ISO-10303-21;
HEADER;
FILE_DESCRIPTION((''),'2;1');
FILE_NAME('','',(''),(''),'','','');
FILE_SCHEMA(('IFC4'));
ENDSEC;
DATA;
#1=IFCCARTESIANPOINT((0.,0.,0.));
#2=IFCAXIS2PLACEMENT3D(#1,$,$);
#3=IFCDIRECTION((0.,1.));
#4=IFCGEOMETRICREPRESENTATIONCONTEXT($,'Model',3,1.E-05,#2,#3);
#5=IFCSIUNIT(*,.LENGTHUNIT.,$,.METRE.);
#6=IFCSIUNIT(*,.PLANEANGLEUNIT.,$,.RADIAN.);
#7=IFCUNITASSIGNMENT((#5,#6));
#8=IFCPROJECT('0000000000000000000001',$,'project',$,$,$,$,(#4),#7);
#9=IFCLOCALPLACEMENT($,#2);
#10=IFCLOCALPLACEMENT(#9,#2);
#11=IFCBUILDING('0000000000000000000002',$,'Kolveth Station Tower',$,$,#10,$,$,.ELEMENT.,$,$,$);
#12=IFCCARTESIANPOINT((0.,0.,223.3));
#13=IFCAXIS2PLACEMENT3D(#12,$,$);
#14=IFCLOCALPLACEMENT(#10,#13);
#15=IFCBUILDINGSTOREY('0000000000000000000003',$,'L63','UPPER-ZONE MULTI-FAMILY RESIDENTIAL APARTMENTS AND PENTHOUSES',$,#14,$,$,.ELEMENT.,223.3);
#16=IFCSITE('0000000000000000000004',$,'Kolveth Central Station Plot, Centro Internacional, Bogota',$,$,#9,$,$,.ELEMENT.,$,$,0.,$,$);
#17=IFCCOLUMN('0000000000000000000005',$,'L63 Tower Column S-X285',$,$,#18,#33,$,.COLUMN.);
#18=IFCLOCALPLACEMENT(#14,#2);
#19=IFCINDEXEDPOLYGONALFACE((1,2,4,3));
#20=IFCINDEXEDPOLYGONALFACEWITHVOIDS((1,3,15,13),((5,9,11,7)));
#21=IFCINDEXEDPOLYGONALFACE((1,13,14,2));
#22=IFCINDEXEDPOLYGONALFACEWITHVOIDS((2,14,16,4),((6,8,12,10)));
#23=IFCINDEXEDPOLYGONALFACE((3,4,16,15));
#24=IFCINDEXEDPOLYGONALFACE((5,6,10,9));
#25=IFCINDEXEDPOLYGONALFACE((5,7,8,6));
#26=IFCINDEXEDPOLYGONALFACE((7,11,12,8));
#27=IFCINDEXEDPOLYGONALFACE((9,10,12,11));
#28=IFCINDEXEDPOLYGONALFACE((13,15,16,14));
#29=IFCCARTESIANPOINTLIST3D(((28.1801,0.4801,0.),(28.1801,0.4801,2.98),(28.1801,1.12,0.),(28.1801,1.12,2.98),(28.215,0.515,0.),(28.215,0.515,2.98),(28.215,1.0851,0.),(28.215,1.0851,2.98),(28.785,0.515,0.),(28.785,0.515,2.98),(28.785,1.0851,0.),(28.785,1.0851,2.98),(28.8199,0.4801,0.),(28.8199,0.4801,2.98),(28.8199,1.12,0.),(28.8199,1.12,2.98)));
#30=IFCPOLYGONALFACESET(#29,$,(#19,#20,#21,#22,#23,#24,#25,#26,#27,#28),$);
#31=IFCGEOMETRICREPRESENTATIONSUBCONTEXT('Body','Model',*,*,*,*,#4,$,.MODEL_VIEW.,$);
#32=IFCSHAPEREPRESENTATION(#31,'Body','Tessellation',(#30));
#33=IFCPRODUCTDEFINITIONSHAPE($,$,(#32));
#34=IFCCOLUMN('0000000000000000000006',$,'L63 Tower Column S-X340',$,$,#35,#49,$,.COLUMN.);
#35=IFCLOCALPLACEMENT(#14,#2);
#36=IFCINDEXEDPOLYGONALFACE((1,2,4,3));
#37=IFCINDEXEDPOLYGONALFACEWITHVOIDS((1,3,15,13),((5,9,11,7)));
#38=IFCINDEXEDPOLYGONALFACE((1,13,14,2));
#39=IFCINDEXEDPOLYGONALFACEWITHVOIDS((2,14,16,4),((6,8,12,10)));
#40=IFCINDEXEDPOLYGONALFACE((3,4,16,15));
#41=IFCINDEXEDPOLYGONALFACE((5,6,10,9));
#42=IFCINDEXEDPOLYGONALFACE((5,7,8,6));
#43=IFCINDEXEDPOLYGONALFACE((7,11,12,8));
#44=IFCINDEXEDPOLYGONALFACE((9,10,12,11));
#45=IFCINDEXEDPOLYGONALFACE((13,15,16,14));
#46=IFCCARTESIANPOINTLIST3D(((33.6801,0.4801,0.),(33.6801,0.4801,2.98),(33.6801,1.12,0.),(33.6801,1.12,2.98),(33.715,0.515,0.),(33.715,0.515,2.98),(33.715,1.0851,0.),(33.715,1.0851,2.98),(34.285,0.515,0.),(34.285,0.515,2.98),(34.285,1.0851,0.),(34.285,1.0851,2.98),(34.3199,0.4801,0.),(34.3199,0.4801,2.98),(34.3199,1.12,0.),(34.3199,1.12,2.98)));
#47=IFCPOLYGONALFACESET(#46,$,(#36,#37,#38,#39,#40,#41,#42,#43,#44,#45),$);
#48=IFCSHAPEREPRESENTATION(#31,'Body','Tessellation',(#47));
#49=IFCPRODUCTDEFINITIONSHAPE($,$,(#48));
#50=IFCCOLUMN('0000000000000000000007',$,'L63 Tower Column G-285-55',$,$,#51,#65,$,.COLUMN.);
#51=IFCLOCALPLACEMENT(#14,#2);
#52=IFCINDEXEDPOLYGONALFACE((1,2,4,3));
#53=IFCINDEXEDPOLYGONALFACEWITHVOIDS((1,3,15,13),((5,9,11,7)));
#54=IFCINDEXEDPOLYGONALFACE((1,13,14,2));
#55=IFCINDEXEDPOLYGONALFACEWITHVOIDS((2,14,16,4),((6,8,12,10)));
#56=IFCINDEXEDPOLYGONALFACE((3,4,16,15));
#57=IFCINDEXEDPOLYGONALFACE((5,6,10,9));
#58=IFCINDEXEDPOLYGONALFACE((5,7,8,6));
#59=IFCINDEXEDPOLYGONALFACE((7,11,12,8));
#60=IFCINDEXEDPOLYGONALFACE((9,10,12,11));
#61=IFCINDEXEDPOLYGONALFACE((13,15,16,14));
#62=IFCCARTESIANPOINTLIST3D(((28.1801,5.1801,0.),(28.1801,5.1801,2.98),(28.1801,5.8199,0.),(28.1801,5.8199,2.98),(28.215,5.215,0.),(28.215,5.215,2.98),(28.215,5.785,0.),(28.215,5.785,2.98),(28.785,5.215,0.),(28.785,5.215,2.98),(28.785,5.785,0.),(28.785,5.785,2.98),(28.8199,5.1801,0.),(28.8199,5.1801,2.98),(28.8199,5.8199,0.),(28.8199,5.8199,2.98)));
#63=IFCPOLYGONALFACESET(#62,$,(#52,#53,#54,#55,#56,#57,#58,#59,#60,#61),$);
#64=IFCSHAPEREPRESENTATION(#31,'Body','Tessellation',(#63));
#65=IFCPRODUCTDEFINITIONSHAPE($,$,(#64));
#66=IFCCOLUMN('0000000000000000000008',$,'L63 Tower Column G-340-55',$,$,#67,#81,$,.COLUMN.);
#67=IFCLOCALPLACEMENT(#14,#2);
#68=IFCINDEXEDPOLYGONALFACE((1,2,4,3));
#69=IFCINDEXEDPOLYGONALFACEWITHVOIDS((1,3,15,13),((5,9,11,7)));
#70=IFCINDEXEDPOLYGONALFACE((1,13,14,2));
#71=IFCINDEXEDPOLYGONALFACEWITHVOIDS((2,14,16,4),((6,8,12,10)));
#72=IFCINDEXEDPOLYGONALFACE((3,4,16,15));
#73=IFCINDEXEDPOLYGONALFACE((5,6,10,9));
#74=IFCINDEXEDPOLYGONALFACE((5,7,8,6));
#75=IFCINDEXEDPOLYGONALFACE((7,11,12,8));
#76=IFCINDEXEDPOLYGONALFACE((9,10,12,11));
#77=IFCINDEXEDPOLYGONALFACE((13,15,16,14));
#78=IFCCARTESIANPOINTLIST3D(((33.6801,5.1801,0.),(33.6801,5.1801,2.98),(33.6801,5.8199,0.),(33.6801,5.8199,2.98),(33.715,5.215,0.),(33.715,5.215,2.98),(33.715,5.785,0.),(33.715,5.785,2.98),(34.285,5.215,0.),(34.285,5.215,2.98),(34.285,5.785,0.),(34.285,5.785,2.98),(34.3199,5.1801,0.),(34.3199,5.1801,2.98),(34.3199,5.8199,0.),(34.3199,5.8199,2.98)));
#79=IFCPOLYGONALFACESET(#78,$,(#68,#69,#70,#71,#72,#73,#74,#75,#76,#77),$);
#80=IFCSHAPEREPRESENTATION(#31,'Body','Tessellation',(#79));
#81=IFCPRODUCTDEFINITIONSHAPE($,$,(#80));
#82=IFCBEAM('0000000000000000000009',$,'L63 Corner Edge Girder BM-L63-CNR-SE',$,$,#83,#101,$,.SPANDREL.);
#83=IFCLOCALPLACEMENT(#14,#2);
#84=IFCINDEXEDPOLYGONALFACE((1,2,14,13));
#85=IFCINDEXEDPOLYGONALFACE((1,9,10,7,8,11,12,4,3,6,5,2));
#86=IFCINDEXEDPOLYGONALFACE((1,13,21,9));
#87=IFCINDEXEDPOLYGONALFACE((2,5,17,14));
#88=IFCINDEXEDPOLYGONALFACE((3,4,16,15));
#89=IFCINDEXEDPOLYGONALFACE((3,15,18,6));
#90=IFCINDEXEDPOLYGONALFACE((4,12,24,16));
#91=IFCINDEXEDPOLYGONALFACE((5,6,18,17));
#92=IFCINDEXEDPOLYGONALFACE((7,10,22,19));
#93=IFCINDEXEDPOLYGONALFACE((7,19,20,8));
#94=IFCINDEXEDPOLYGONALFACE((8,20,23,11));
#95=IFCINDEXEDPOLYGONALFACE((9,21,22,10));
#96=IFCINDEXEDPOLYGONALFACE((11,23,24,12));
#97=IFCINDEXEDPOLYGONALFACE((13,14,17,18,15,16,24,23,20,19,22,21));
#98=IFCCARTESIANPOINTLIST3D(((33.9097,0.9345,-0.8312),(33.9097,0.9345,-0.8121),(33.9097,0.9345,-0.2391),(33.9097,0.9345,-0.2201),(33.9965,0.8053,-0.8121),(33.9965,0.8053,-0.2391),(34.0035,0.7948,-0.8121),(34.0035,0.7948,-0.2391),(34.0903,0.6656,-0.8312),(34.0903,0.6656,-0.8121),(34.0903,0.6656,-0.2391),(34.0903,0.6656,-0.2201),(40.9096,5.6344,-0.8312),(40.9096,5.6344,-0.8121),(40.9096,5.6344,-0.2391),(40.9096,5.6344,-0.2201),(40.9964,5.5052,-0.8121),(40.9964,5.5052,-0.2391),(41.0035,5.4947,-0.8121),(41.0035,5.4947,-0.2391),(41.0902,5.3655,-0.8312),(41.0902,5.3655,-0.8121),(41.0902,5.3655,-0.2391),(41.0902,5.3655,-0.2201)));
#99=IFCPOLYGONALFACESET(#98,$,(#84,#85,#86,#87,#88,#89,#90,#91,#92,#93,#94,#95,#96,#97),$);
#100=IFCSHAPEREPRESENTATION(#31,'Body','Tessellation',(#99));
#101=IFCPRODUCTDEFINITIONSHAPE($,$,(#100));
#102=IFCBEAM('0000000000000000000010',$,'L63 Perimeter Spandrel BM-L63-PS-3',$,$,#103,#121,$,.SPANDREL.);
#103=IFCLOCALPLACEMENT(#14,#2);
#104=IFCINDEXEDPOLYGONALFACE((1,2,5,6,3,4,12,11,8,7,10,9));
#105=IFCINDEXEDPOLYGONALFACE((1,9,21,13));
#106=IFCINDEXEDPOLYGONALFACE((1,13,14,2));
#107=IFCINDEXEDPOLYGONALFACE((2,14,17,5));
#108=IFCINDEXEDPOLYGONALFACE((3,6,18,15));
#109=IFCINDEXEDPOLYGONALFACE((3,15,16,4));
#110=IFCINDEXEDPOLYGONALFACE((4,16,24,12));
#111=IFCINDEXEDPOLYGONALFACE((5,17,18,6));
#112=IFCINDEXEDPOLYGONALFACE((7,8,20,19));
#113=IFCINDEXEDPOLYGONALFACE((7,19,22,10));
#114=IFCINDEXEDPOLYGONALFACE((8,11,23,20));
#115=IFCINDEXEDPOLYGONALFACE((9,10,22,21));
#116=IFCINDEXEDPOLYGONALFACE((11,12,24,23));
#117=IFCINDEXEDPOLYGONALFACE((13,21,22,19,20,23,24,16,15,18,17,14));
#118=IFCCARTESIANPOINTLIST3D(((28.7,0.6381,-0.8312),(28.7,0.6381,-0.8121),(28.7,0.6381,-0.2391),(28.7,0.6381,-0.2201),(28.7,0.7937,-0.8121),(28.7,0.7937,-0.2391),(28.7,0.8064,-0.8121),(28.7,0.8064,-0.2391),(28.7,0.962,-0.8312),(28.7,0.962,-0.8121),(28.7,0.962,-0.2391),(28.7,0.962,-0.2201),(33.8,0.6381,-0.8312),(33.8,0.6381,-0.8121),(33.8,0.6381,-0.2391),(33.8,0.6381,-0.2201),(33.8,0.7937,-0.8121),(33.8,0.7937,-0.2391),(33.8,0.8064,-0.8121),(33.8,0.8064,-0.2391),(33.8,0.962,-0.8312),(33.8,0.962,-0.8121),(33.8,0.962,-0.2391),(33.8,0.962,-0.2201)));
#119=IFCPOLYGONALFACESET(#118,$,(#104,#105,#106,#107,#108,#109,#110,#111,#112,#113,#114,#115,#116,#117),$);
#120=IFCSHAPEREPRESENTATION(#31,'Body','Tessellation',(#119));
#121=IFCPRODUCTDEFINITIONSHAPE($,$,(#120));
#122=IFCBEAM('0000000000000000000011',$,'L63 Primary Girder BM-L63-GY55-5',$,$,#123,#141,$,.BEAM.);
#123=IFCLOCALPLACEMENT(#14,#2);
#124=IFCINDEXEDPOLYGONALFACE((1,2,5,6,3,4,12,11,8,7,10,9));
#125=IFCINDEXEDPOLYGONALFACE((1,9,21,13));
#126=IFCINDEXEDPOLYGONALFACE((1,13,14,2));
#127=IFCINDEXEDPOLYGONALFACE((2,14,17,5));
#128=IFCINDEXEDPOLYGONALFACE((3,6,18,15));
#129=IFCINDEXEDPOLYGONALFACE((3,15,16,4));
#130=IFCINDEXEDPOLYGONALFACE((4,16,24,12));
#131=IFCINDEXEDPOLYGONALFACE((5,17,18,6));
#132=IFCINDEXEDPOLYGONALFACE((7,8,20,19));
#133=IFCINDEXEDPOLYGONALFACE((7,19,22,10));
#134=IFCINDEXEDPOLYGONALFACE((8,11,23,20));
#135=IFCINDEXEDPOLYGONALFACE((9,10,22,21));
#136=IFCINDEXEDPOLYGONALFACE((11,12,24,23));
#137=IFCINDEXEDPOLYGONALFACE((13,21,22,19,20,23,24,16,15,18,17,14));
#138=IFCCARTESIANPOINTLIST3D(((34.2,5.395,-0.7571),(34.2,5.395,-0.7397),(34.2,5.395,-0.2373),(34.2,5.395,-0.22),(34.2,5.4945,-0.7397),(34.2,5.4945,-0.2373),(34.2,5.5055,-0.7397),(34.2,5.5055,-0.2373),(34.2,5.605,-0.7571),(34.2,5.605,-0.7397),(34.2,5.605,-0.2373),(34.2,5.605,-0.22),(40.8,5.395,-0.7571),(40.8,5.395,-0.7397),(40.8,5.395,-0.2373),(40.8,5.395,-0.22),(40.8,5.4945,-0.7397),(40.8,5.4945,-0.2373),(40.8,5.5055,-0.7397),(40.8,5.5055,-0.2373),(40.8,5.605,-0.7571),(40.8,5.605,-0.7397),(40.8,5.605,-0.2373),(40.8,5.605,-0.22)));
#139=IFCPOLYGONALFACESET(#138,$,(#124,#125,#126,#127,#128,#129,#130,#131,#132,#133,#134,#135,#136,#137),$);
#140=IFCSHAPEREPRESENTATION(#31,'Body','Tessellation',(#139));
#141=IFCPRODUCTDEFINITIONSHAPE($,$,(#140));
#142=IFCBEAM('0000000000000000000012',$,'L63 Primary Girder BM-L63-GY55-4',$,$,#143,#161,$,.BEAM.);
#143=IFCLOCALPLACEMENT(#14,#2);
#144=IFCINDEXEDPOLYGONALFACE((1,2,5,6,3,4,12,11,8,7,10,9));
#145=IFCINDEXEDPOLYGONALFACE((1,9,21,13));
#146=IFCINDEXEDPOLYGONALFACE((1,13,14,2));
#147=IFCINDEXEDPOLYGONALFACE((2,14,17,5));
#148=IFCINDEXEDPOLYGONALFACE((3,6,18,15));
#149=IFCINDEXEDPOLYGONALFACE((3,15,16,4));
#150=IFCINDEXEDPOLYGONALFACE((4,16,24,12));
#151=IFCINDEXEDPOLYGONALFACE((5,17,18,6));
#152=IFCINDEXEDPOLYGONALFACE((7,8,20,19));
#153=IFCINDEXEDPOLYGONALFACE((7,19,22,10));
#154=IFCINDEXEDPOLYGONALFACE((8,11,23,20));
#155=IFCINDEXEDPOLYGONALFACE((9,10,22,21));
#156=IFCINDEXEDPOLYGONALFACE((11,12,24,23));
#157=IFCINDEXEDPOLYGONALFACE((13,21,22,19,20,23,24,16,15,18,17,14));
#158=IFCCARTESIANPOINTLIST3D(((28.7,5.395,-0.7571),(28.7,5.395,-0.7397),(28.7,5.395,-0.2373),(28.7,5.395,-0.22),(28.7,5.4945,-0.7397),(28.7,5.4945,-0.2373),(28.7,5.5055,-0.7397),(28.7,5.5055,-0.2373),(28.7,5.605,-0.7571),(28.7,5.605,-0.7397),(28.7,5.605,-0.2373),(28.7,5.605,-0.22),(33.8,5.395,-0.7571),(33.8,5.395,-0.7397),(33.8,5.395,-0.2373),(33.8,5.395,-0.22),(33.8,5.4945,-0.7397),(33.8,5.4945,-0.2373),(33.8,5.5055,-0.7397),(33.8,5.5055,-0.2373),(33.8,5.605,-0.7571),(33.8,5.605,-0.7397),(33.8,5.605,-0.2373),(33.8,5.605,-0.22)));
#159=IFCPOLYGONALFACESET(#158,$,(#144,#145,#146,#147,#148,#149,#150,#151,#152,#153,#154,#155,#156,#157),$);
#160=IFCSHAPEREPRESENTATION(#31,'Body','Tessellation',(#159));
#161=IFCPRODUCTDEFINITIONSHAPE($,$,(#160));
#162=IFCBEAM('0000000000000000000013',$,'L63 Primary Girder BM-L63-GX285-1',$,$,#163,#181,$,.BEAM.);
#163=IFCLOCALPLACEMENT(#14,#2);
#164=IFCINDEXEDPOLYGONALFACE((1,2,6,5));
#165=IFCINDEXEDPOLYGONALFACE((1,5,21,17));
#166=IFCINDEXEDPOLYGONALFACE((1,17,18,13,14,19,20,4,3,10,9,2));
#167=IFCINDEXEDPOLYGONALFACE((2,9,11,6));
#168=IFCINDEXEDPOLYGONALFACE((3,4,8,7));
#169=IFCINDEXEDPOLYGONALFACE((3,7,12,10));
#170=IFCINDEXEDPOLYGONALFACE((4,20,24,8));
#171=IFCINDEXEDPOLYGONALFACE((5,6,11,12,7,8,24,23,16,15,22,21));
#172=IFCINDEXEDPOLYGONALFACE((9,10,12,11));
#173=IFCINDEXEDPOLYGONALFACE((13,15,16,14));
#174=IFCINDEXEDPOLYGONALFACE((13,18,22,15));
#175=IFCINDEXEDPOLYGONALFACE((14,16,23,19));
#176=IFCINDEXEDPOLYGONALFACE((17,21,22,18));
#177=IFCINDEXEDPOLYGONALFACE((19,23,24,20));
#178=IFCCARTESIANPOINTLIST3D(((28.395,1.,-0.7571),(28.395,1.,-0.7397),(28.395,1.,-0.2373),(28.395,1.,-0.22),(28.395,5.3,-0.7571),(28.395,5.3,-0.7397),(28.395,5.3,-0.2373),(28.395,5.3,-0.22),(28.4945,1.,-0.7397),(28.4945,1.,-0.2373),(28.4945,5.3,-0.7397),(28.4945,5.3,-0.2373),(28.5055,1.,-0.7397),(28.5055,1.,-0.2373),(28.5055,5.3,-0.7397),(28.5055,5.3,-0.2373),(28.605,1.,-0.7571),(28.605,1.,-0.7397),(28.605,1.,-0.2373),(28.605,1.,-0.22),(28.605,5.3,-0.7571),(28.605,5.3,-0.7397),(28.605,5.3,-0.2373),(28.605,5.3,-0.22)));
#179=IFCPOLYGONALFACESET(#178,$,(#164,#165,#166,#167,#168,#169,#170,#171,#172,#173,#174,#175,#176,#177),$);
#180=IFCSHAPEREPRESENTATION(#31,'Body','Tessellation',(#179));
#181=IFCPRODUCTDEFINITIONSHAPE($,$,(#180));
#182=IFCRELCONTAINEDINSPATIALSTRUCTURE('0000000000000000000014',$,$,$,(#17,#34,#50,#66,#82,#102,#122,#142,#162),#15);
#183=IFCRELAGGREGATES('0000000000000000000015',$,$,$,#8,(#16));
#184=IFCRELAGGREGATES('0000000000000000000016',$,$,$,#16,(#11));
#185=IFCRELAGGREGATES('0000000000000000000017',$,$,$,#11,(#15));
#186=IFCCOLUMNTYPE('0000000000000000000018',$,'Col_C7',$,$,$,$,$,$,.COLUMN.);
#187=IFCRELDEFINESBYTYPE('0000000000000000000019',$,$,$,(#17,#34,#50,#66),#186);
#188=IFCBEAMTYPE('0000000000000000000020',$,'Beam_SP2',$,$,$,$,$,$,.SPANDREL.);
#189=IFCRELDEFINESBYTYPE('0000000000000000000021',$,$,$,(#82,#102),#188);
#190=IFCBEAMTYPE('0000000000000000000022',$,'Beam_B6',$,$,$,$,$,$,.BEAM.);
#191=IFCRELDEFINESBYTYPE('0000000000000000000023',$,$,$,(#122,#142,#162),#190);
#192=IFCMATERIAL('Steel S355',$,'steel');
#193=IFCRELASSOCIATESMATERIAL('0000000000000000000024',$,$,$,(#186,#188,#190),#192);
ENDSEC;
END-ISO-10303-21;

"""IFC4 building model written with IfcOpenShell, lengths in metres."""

from ifc_helpers import new_model, si_unit, direction, frame, origin, origin_2d, place, context, subcontext, project, spatial, hollow_rectangle, i_section, extrude, source, transform, mapped, material, material_profile, profile_set, type_object, element, save


model = new_model("IFC4")

# Units and contexts
model_context = context("Model", 3, precision=1e-05, world=origin(), true_north=direction((0.0, 1.0)))
body_context = subcontext(model_context, "Body", "Model", "MODEL_VIEW")
ifc_project = project(units=[si_unit("LENGTHUNIT", "METRE"), si_unit("PLANEANGLEUNIT", "RADIAN")], contexts=[model_context])

# Site, building, storey
site_placement = place(None, origin())
site = spatial("IfcSite", under=ifc_project, at=site_placement, Name="Kolveth Central Station Plot, Centro Internacional, Bogota", CompositionType="ELEMENT", RefElevation=0.0)
building_placement = place(site_placement, origin())
building = spatial("IfcBuilding", under=site, at=building_placement, Name="Kolveth Station Tower", CompositionType="ELEMENT")
storey_placement = place(building_placement, frame((0.0, 0.0, 223.3)))
storey = spatial("IfcBuildingStorey", under=building, at=storey_placement, Name="L63", Description="UPPER-ZONE MULTI-FAMILY RESIDENTIAL APARTMENTS AND PENTHOUSES", CompositionType="ELEMENT", Elevation=223.3)

# Columns
ifc_material_1 = material(Name="Steel S355", Category="steel")
ifc_material_profile_1 = material_profile(ifc_material_1, hollow_rectangle(XDim=0.6399, YDim=0.6399, WallThickness=0.0349, at=origin_2d()), Name="BOX640x640x35")
ifc_profile_set_1 = profile_set([ifc_material_profile_1], Name="Steel S355")
column_type = type_object("IfcColumnType", Name="Col_C7", PredefinedType="COLUMN", material=ifc_profile_set_1)
shared_shape_1 = source(origin(), body_context, "Body", "SweptSolid", [
    extrude(hollow_rectangle(XDim=0.6399, YDim=0.6399, WallThickness=0.0349, at=origin_2d()), origin(), (0.0, 0.0, 1.0), 2.98),
])
for number, where, z_axis, x_axis, name in (
    (1, (28.5, 0.8, 0.0), (0.0, 0.0, 1.0), (1.0, 0.0, 0.0), "L63 Tower Column S-X285"),
    (2, (34.0, 0.8, 0.0), (0.0, 0.0, 1.0), (1.0, 0.0, 0.0), "L63 Tower Column S-X340"),
    (3, (28.5, 5.5, 0.0), (0.0, 0.0, 1.0), (1.0, 0.0, 0.0), "L63 Tower Column G-285-55"),
    (4, (34.0, 5.5, 0.0), (0.0, 0.0, 1.0), (1.0, 0.0, 0.0), "L63 Tower Column G-340-55"),
):
    element("IfcColumn", number, at=place(storey_placement, frame(where, z_axis=z_axis, x_axis=x_axis)), inside=storey, type_object=column_type, Name=name, PredefinedType="COLUMN", context=body_context, shape_type="MappedRepresentation", body=[
        mapped(shared_shape_1, transform((0.0, 0.0, 0.0), x_axis=(1.0, 0.0, 0.0), y_axis=(0.0, 1.0, 0.0), z_axis=(0.0, 0.0, 1.0), scale=1.0)),
    ])

# Beams
ifc_material_profile_2 = material_profile(ifc_material_1, i_section(OverallWidth=0.324, OverallDepth=0.6111, WebThickness=0.0127, FlangeThickness=0.019, at=origin_2d()), Name="W610x155")
ifc_profile_set_2 = profile_set([ifc_material_profile_2], Name="Steel S355")
beam_type_1 = type_object("IfcBeamType", Name="Beam_SP2", PredefinedType="SPANDREL", material=ifc_profile_set_2)
shared_shape_2 = source(origin(), body_context, "Body", "SweptSolid", [
    extrude(i_section(OverallWidth=0.324, OverallDepth=0.6111, WebThickness=0.0127, FlangeThickness=0.019, at=origin_2d()), origin(), (0.0, 0.0, 1.0), 8.4314),
])
beam_1_placement = place(storey_placement, frame((34.0, 0.8, -0.5256), z_axis=(0.830224, 0.55743, 0.0), x_axis=(-0.55743, 0.830224, 0.0)))
element("IfcBeam", 5, at=beam_1_placement, inside=storey, type_object=beam_type_1, Name="L63 Corner Edge Girder BM-L63-CNR-SE", PredefinedType="SPANDREL", context=body_context, shape_type="MappedRepresentation", body=[
    mapped(shared_shape_2, transform((0.0, 0.0, 0.0), x_axis=(1.0, 0.0, 0.0), y_axis=(0.0, 1.0, 0.0), z_axis=(0.0, 0.0, 1.0), scale=1.0)),
])
shared_shape_3 = source(origin(), body_context, "Body", "SweptSolid", [
    extrude(i_section(OverallWidth=0.324, OverallDepth=0.6111, WebThickness=0.0127, FlangeThickness=0.019, at=origin_2d()), origin(), (0.0, 0.0, 1.0), 5.1001),
])
beam_2_placement = place(storey_placement, frame((28.7, 0.8, -0.5256), z_axis=(1.0, 0.0, 0.0), x_axis=(0.0, 1.0, 0.0)))
element("IfcBeam", 6, at=beam_2_placement, inside=storey, type_object=beam_type_1, Name="L63 Perimeter Spandrel BM-L63-PS-3", PredefinedType="SPANDREL", context=body_context, shape_type="MappedRepresentation", body=[
    mapped(shared_shape_3, transform((0.0, 0.0, 0.0), x_axis=(1.0, 0.0, 0.0), y_axis=(0.0, 1.0, 0.0), z_axis=(0.0, 0.0, 1.0), scale=1.0)),
])
ifc_material_profile_3 = material_profile(ifc_material_1, i_section(OverallWidth=0.21, OverallDepth=0.5371, WebThickness=0.011, FlangeThickness=0.0173, at=origin_2d()), Name="W530x101")
ifc_profile_set_3 = profile_set([ifc_material_profile_3], Name="Steel S355")
beam_type_2 = type_object("IfcBeamType", Name="Beam_B6", PredefinedType="BEAM", material=ifc_profile_set_3)
shared_shape_4 = source(origin(), body_context, "Body", "SweptSolid", [
    extrude(i_section(OverallWidth=0.21, OverallDepth=0.5371, WebThickness=0.011, FlangeThickness=0.0173, at=origin_2d()), origin(), (0.0, 0.0, 1.0), 6.6001),
])
beam_3_placement = place(storey_placement, frame((34.2, 5.5, -0.4885), z_axis=(1.0, 0.0, 0.0), x_axis=(0.0, 1.0, 0.0)))
element("IfcBeam", 7, at=beam_3_placement, inside=storey, type_object=beam_type_2, Name="L63 Primary Girder BM-L63-GY55-5", PredefinedType="BEAM", context=body_context, shape_type="MappedRepresentation", body=[
    mapped(shared_shape_4, transform((0.0, 0.0, 0.0), x_axis=(1.0, 0.0, 0.0), y_axis=(0.0, 1.0, 0.0), z_axis=(0.0, 0.0, 1.0), scale=1.0)),
])
shared_shape_5 = source(origin(), body_context, "Body", "SweptSolid", [
    extrude(i_section(OverallWidth=0.21, OverallDepth=0.5371, WebThickness=0.011, FlangeThickness=0.0173, at=origin_2d()), origin(), (0.0, 0.0, 1.0), 5.1001),
])
beam_4_placement = place(storey_placement, frame((28.7, 5.5, -0.4885), z_axis=(1.0, 0.0, 0.0), x_axis=(0.0, 1.0, 0.0)))
element("IfcBeam", 8, at=beam_4_placement, inside=storey, type_object=beam_type_2, Name="L63 Primary Girder BM-L63-GY55-4", PredefinedType="BEAM", context=body_context, shape_type="MappedRepresentation", body=[
    mapped(shared_shape_5, transform((0.0, 0.0, 0.0), x_axis=(1.0, 0.0, 0.0), y_axis=(0.0, 1.0, 0.0), z_axis=(0.0, 0.0, 1.0), scale=1.0)),
])
shared_shape_6 = source(origin(), body_context, "Body", "SweptSolid", [
    extrude(i_section(OverallWidth=0.21, OverallDepth=0.5371, WebThickness=0.011, FlangeThickness=0.0173, at=origin_2d()), origin(), (0.0, 0.0, 1.0), 4.3),
])
for number, where, z_axis, x_axis, name in (
    (9, (28.5, 1.0, -0.4885), (0.0, 1.0, 0.0), (-1.0, 0.0, 0.0), "L63 Primary Girder BM-L63-GX285-1"),
):
    element("IfcBeam", number, at=place(storey_placement, frame(where, z_axis=z_axis, x_axis=x_axis)), inside=storey, type_object=beam_type_2, Name=name, PredefinedType="BEAM", context=body_context, shape_type="MappedRepresentation", body=[
        mapped(shared_shape_6, transform((0.0, 0.0, 0.0), x_axis=(1.0, 0.0, 0.0), y_axis=(0.0, 1.0, 0.0), z_axis=(0.0, 0.0, 1.0), scale=1.0)),
    ])

save(model, "model.ifc")
